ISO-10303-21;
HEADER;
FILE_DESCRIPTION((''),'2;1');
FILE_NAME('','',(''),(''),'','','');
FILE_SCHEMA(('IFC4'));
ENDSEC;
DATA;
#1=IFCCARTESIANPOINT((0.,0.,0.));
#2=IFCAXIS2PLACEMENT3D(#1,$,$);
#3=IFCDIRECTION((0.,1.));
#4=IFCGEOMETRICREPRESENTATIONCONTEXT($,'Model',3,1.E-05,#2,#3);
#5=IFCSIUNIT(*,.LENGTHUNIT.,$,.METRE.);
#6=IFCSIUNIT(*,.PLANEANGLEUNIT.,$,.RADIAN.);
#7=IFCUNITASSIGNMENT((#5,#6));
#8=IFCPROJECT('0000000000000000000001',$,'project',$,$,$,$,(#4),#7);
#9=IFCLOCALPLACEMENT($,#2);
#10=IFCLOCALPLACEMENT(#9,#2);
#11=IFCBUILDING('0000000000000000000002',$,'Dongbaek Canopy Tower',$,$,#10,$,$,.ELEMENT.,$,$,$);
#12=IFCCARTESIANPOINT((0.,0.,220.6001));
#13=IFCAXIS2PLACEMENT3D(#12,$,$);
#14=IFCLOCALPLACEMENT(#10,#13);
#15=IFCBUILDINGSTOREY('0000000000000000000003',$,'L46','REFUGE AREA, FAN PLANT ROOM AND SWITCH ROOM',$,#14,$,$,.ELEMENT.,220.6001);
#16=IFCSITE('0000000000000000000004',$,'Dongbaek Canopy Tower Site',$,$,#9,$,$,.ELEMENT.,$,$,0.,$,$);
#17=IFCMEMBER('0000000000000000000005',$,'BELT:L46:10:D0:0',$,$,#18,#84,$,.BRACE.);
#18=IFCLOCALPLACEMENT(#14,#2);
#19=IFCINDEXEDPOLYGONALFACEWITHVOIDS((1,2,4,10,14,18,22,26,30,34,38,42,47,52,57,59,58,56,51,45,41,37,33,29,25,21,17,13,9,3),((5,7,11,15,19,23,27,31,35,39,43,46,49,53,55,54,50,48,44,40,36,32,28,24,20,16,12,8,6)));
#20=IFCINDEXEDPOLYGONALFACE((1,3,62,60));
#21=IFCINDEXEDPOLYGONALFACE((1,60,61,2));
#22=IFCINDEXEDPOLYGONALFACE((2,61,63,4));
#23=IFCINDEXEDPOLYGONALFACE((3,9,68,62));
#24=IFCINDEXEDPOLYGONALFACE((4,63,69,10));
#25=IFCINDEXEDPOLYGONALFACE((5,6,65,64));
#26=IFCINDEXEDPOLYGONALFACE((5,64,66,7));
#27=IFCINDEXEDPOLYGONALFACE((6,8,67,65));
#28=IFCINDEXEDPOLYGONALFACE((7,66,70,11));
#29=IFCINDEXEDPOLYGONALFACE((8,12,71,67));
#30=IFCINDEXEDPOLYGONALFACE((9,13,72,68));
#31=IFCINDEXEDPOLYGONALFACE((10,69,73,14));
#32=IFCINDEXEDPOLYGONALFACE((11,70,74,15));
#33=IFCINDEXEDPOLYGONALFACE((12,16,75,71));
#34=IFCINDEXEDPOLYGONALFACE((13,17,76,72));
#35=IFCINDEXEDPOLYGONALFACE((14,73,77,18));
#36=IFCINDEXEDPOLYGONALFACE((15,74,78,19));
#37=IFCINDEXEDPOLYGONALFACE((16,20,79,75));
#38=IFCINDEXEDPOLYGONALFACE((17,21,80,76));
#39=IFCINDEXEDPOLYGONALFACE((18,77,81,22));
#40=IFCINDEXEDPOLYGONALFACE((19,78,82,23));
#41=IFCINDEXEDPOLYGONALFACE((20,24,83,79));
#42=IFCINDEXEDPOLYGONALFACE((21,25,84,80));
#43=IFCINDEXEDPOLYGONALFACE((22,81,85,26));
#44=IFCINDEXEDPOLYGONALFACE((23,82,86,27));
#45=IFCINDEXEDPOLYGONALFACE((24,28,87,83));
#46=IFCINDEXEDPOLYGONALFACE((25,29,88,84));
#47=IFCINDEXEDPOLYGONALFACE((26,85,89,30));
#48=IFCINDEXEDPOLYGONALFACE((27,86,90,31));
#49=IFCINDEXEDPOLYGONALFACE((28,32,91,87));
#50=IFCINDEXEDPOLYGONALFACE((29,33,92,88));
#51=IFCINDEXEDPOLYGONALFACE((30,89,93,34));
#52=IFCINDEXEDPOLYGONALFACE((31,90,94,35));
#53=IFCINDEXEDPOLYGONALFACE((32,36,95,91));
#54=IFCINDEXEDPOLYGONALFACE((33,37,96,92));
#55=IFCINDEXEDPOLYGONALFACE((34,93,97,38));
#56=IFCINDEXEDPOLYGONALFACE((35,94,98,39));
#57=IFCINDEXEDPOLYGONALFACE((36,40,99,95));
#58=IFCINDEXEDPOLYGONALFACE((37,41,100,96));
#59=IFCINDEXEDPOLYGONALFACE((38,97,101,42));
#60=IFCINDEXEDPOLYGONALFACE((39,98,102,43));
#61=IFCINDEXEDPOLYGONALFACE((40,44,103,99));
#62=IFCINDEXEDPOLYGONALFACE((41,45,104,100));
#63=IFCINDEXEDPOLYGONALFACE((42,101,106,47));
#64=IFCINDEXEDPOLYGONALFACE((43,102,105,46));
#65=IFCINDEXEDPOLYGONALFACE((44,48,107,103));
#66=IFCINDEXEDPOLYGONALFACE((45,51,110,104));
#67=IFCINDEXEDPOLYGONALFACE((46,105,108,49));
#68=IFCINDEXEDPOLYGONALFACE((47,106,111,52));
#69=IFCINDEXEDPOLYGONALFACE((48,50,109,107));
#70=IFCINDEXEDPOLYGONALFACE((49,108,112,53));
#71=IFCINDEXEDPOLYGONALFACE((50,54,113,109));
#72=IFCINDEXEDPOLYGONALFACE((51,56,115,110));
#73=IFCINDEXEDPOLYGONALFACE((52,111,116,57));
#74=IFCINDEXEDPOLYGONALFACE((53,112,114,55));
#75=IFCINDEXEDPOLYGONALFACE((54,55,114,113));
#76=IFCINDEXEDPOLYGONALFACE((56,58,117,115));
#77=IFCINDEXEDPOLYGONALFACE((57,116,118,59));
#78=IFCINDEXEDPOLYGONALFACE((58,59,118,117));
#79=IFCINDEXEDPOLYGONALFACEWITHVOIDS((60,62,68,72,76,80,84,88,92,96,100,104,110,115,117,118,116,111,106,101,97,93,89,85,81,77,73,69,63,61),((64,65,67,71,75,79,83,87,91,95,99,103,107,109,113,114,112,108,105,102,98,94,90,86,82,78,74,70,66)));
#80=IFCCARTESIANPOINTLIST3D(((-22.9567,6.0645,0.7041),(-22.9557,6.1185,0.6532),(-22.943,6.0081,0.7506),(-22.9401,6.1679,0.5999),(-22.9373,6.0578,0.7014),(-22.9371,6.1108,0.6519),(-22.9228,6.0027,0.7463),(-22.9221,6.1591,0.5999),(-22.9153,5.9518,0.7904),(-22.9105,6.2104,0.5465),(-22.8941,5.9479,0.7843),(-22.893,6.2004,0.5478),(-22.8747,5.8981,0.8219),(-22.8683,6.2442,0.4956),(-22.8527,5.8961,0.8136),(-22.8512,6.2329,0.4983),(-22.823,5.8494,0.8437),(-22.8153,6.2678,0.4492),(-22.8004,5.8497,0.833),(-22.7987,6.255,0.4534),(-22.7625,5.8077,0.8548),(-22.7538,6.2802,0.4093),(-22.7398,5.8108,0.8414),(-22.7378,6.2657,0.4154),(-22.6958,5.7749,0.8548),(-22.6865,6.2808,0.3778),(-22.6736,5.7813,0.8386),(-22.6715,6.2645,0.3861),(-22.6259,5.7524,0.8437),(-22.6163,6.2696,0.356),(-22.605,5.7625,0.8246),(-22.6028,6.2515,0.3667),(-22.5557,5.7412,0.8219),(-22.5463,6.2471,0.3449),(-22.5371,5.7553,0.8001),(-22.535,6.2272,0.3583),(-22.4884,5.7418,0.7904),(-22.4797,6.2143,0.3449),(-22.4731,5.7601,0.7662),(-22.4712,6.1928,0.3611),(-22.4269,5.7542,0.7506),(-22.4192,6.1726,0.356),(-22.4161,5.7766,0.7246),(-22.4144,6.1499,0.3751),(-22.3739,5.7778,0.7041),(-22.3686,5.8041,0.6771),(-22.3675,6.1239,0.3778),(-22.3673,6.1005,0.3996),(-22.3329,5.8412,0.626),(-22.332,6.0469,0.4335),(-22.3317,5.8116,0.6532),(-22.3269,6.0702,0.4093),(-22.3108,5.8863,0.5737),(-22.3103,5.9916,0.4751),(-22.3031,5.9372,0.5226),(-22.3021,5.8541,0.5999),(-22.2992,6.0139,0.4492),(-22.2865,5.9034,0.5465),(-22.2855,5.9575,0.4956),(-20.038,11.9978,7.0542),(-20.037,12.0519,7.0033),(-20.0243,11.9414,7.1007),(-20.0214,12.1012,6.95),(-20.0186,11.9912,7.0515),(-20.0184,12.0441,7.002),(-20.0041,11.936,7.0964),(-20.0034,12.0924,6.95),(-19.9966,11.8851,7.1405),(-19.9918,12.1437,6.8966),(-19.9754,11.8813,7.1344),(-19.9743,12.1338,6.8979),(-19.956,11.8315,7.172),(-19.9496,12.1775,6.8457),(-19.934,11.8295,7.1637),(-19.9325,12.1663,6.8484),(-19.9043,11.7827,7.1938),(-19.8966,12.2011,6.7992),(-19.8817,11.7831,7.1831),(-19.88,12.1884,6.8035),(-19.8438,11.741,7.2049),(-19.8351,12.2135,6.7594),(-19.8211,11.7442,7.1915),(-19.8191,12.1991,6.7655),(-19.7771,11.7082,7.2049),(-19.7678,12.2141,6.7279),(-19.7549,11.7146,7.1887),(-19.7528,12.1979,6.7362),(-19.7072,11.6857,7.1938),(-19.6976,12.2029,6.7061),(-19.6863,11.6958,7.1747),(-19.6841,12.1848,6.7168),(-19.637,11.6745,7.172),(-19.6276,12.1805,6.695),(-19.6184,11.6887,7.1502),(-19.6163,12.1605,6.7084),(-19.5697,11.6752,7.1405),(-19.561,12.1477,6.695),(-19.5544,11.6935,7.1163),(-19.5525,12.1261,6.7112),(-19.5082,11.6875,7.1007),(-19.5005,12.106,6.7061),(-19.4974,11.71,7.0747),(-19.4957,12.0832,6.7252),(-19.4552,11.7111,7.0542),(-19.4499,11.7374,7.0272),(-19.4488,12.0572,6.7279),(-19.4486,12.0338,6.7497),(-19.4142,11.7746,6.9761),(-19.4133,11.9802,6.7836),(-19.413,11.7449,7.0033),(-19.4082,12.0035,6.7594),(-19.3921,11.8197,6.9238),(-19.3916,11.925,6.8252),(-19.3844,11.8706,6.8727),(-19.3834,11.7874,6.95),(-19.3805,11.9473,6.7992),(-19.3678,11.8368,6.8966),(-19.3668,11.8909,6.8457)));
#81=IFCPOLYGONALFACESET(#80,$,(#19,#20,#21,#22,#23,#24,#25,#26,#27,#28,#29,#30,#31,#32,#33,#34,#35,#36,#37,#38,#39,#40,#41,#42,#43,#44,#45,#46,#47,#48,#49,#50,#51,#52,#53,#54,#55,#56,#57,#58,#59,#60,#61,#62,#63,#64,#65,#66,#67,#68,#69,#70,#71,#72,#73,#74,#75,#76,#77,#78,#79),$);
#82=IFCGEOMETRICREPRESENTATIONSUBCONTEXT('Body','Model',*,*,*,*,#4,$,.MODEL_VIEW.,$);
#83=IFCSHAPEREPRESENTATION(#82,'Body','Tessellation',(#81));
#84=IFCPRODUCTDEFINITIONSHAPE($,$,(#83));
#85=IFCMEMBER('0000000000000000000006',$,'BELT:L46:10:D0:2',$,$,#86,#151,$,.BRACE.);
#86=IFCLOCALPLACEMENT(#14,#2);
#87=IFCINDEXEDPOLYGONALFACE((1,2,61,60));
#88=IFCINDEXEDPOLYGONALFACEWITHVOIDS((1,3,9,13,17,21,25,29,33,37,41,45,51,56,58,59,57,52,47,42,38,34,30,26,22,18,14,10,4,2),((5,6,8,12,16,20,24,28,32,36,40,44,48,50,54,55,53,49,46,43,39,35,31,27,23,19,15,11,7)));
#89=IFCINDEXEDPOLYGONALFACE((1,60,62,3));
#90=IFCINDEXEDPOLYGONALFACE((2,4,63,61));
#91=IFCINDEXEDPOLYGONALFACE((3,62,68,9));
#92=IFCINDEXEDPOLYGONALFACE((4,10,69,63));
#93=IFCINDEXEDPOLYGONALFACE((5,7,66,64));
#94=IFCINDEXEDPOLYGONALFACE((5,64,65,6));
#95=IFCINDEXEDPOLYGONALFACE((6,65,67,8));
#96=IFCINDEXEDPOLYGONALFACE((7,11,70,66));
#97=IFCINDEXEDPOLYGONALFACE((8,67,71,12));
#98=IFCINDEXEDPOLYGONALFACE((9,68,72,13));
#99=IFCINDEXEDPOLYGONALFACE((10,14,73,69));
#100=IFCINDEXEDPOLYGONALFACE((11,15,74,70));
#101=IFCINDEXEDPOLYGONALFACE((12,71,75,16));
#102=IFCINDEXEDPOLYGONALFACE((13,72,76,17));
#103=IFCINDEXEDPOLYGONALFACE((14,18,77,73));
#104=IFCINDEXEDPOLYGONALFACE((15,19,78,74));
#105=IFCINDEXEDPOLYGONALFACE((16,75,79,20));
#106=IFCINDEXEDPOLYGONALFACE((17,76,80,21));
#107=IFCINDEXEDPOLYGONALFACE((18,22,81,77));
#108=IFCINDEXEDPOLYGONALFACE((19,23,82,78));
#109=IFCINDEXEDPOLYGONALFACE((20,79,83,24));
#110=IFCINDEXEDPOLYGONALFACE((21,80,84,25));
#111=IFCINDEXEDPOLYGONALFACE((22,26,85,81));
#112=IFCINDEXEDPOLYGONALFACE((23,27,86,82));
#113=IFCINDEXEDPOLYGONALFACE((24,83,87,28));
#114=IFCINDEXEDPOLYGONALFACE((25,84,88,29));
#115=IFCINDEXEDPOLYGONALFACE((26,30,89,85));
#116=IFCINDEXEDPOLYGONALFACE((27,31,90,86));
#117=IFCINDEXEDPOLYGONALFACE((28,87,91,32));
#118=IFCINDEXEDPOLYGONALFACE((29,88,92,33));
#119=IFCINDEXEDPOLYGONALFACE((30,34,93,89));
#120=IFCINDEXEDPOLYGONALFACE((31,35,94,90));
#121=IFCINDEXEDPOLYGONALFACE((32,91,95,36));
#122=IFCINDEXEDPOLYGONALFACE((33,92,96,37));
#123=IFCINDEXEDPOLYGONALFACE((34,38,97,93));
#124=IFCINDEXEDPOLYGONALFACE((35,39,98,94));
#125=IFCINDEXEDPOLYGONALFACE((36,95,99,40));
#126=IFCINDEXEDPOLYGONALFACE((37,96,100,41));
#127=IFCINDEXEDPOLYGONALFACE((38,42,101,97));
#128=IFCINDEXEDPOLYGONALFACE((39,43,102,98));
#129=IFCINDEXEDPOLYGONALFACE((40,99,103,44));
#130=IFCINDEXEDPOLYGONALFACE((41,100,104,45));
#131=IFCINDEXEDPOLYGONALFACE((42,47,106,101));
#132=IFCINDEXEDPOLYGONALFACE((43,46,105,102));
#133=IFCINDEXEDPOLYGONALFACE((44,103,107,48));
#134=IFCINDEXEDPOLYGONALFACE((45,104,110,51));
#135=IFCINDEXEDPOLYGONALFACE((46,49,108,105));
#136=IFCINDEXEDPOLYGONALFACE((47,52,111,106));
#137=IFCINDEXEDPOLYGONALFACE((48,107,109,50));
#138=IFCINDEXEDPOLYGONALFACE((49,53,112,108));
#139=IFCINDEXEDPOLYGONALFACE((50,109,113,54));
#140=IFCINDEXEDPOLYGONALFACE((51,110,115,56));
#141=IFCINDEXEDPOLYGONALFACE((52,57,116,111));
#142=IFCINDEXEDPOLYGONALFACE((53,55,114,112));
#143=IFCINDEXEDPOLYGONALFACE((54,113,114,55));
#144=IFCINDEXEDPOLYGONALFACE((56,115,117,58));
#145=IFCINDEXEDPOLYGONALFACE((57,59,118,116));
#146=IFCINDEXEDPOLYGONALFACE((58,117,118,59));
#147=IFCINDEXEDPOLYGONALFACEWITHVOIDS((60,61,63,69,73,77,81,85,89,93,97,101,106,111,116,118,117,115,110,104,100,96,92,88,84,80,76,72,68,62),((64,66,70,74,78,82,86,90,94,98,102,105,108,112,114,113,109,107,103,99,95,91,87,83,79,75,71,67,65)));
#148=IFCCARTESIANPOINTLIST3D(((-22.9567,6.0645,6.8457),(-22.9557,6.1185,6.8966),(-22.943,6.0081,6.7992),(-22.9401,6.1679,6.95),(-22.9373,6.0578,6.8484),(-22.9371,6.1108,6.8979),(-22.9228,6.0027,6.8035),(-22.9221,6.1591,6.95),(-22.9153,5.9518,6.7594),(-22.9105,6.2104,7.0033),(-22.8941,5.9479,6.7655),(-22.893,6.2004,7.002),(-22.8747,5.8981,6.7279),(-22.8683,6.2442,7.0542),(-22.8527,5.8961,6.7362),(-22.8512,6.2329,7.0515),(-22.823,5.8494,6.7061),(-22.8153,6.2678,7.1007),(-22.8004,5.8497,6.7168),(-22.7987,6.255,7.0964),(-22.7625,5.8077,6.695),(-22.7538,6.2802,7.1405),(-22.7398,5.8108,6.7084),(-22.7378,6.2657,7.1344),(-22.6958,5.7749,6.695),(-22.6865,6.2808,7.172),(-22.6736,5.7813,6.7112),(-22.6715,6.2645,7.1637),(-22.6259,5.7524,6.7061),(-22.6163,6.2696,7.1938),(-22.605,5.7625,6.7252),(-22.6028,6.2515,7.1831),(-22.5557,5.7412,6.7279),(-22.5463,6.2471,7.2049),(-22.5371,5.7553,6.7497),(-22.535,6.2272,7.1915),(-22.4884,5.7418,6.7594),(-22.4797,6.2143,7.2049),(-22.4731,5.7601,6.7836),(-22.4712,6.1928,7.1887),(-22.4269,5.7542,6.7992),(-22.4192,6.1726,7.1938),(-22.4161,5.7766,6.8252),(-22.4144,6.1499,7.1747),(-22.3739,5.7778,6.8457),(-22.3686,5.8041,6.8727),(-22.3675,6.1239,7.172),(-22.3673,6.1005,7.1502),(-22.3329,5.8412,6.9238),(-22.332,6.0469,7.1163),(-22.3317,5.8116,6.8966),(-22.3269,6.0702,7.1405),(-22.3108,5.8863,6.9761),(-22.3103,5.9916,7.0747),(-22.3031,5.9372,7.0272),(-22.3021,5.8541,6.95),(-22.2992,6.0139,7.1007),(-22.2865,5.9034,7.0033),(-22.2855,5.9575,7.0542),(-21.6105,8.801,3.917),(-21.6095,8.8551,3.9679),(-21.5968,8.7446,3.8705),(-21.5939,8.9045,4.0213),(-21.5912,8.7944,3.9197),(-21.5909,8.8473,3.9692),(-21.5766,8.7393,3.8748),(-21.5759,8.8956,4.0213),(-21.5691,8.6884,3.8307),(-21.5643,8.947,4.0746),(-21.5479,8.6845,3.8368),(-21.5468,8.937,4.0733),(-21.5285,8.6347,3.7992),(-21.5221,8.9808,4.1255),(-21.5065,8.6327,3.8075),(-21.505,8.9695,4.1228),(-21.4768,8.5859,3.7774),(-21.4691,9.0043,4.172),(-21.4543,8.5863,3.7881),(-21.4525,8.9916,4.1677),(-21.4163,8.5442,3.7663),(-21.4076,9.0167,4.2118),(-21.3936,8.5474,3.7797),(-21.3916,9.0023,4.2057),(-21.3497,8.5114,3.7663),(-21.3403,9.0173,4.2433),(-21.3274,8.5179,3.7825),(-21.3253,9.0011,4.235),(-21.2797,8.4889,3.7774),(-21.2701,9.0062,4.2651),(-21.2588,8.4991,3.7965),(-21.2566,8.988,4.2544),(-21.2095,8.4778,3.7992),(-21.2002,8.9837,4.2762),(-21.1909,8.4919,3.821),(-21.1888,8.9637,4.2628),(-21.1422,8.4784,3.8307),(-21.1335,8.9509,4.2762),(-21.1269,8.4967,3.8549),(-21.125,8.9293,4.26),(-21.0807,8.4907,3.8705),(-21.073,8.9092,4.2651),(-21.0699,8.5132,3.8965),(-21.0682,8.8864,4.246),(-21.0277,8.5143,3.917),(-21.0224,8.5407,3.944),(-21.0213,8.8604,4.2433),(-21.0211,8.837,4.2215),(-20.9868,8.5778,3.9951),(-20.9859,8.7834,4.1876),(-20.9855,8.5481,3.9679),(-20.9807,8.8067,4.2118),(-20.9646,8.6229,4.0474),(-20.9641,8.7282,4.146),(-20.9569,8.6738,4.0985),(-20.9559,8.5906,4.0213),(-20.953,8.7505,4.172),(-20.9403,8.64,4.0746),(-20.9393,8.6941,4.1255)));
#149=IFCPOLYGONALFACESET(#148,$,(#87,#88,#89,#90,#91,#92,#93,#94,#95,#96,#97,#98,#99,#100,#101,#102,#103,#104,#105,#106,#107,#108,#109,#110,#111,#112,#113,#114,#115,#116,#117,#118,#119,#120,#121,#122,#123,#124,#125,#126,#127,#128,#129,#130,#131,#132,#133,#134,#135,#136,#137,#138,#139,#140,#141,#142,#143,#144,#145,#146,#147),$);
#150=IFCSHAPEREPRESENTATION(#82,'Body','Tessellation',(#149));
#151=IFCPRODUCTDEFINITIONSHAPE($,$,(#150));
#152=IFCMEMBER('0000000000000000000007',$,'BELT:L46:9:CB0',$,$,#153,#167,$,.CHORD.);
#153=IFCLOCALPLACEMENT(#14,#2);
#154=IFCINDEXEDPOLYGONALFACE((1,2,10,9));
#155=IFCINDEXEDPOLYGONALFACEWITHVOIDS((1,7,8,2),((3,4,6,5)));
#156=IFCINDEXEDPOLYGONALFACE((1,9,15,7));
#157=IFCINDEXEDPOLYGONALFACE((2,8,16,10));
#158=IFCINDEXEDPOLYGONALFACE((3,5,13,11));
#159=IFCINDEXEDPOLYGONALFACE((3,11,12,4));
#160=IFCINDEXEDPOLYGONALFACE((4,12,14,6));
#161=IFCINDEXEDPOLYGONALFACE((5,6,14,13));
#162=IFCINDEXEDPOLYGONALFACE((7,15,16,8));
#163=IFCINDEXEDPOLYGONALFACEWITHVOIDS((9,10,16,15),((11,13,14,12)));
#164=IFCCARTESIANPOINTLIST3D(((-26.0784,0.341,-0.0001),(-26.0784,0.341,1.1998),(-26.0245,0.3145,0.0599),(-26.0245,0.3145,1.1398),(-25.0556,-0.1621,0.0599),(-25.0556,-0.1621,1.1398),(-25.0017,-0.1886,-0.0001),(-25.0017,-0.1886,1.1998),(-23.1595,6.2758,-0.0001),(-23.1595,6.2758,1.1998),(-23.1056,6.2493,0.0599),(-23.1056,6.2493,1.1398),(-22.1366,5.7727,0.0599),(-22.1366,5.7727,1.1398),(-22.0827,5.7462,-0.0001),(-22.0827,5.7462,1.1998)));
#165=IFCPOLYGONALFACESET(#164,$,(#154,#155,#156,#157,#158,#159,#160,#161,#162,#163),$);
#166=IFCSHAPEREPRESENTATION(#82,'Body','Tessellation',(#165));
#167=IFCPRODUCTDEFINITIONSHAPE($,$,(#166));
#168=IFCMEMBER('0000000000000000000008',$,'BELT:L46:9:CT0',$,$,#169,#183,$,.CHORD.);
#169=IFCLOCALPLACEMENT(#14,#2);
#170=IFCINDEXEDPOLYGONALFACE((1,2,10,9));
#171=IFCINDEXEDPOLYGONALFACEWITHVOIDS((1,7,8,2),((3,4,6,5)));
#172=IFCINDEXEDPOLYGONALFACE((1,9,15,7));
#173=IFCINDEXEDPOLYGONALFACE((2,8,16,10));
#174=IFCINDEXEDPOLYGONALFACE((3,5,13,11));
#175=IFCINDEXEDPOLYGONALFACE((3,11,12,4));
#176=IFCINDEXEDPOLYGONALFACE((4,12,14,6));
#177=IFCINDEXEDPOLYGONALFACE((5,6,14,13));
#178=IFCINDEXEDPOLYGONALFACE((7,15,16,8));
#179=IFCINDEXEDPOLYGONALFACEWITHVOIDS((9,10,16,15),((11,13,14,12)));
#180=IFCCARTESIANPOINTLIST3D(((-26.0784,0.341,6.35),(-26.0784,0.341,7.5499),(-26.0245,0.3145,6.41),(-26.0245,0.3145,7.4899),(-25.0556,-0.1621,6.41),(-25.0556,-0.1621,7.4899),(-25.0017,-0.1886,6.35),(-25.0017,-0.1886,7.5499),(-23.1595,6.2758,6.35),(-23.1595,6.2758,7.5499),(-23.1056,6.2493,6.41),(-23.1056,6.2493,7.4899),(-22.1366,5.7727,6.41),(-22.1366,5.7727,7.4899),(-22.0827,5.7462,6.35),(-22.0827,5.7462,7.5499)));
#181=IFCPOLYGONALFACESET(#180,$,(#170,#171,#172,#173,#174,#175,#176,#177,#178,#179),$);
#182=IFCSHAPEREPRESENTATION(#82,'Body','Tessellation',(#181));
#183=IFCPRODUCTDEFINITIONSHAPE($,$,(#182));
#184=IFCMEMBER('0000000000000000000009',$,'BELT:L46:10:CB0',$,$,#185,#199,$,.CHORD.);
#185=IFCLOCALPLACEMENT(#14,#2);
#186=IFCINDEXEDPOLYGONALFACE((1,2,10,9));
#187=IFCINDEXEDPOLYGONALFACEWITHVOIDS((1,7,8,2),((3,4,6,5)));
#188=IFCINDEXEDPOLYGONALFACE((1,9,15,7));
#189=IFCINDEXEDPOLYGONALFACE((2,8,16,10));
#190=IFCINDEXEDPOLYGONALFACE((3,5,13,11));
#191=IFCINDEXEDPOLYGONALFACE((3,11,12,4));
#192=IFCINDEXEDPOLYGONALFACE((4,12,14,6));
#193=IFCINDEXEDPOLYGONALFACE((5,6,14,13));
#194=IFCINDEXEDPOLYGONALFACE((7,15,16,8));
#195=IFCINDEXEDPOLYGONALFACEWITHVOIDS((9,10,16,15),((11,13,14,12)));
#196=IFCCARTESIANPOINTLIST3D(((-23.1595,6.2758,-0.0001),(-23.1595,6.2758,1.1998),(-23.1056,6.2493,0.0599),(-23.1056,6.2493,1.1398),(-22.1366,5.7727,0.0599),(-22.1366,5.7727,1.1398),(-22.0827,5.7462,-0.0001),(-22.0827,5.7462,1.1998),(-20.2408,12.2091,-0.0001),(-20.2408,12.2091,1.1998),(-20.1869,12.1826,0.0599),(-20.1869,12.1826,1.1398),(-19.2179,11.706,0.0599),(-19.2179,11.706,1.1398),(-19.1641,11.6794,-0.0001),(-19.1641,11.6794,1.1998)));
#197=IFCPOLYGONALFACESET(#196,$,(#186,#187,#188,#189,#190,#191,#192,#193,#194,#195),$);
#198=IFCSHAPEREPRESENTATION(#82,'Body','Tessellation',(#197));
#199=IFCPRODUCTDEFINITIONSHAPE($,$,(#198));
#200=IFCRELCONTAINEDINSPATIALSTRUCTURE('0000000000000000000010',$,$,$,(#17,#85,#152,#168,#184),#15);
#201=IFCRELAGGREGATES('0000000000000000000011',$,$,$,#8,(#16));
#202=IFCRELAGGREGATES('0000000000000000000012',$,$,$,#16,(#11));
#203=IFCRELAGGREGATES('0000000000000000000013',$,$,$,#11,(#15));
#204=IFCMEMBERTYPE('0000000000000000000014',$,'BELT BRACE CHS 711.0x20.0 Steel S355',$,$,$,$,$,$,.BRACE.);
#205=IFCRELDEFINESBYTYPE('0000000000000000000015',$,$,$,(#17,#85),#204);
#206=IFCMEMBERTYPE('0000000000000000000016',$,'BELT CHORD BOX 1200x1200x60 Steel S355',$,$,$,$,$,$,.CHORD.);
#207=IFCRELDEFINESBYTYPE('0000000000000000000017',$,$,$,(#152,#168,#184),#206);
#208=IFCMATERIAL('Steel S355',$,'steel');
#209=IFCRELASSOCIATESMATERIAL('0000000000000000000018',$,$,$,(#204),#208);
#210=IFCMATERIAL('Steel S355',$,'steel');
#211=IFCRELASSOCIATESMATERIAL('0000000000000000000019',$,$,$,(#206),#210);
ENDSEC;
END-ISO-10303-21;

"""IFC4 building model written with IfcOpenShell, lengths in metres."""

from ifc_helpers import new_model, si_unit, direction, frame, origin, origin_2d, place, context, subcontext, project, spatial, hollow_rectangle, hollow_circle, extrude, material, material_profile, profile_set, type_object, element, save


model = new_model("IFC4")

# Units and contexts
model_context = context("Model", 3, precision=1e-05, world=origin(), true_north=direction((0.0, 1.0)))
body_context = subcontext(model_context, "Body", "Model", "MODEL_VIEW")
ifc_project = project(units=[si_unit("LENGTHUNIT", "METRE"), si_unit("PLANEANGLEUNIT", "RADIAN")], contexts=[model_context])

# Site, building, storey
site_placement = place(None, origin())
site = spatial("IfcSite", under=ifc_project, at=site_placement, Name="Dongbaek Canopy Tower Site", CompositionType="ELEMENT", RefElevation=0.0)
building_placement = place(site_placement, origin())
building = spatial("IfcBuilding", under=site, at=building_placement, Name="Dongbaek Canopy Tower", CompositionType="ELEMENT")
storey_placement = place(building_placement, frame((0.0, 0.0, 220.6001)))
storey = spatial("IfcBuildingStorey", under=building, at=storey_placement, Name="L46", Description="REFUGE AREA, FAN PLANT ROOM AND SWITCH ROOM", CompositionType="ELEMENT", Elevation=220.6001)

# Members
ifc_material_1 = material(Name="Steel S355", Category="steel")
ifc_material_profile_1 = material_profile(ifc_material_1, hollow_circle(Radius=0.3555, WallThickness=0.02, at=origin_2d()), Name="BELT BRACE CHS 711.0x20.0 Steel S355")
ifc_profile_set_1 = profile_set([ifc_material_profile_1], Name="Steel S355")
member_type_1 = type_object("IfcMemberType", Name="BELT BRACE CHS 711.0x20.0 Steel S355", PredefinedType="BRACE", material=ifc_profile_set_1)
member_1_placement = place(storey_placement, frame((-22.6211, 6.011, 0.5999), z_axis=(0.318367, 0.6472, 0.692658), x_axis=(-0.89731, 0.4414, 0.0)))
element("IfcMember", 1, at=member_1_placement, inside=storey, type_object=member_type_1, Name="BELT:L46:10:D0:0", PredefinedType="BRACE", context=body_context, shape_type="SweptSolid", body=[
    extrude(hollow_circle(Radius=0.3555, WallThickness=0.02, at=origin_2d()), origin(), (0.0, 0.0, 1.0), 9.1677),
])
member_2_placement = place(storey_placement, frame((-22.6211, 6.011, 6.95), z_axis=(0.318378, 0.647206, -0.692647), x_axis=(-0.897306, 0.441408, 0.0)))
element("IfcMember", 2, at=member_2_placement, inside=storey, type_object=member_type_1, Name="BELT:L46:10:D0:2", PredefinedType="BRACE", context=body_context, shape_type="SweptSolid", body=[
    extrude(hollow_circle(Radius=0.3555, WallThickness=0.02, at=origin_2d()), origin(), (0.0, 0.0, 1.0), 4.2283),
])
ifc_material_2 = material(Name="Steel S355", Category="steel")
ifc_material_profile_2 = material_profile(ifc_material_2, hollow_rectangle(XDim=1.2, YDim=1.2, WallThickness=0.0601, at=origin_2d()), Name="BELT CHORD BOX 1200x1200x60 Steel S355")
ifc_profile_set_2 = profile_set([ifc_material_profile_2], Name="Steel S355")
member_type_2 = type_object("IfcMemberType", Name="BELT CHORD BOX 1200x1200x60 Steel S355", PredefinedType="CHORD", material=ifc_profile_set_2)
for number, where, z_axis, x_axis, name in (
    (3, (-25.54, 0.0762, 0.5999), (0.441342, 0.897339, 0.0), (-0.897339, 0.441342, 0.0), "BELT:L46:9:CB0"),
    (4, (-25.54, 0.0762, 6.95), (0.441342, 0.897339, 0.0), (-0.897339, 0.441342, 0.0), "BELT:L46:9:CT0"),
):
    element("IfcMember", number, at=place(storey_placement, frame(where, z_axis=z_axis, x_axis=x_axis)), inside=storey, type_object=member_type_2, Name=name, PredefinedType="CHORD", context=body_context, shape_type="SweptSolid", body=[
        extrude(hollow_rectangle(XDim=1.2, YDim=1.2, WallThickness=0.0601, at=origin_2d()), origin(), (0.0, 0.0, 1.0), 6.6138),
    ])
for number, where, z_axis, x_axis, name in (
    (5, (-22.6211, 6.011, 0.5999), (0.4414, 0.89731, 0.0), (-0.89731, 0.4414, 0.0), "BELT:L46:10:CB0"),
):
    element("IfcMember", number, at=place(storey_placement, frame(where, z_axis=z_axis, x_axis=x_axis)), inside=storey, type_object=member_type_2, Name=name, PredefinedType="CHORD", context=body_context, shape_type="SweptSolid", body=[
        extrude(hollow_rectangle(XDim=1.2, YDim=1.2, WallThickness=0.0601, at=origin_2d()), origin(), (0.0, 0.0, 1.0), 6.6123),
    ])

save(model, "model.ifc")
